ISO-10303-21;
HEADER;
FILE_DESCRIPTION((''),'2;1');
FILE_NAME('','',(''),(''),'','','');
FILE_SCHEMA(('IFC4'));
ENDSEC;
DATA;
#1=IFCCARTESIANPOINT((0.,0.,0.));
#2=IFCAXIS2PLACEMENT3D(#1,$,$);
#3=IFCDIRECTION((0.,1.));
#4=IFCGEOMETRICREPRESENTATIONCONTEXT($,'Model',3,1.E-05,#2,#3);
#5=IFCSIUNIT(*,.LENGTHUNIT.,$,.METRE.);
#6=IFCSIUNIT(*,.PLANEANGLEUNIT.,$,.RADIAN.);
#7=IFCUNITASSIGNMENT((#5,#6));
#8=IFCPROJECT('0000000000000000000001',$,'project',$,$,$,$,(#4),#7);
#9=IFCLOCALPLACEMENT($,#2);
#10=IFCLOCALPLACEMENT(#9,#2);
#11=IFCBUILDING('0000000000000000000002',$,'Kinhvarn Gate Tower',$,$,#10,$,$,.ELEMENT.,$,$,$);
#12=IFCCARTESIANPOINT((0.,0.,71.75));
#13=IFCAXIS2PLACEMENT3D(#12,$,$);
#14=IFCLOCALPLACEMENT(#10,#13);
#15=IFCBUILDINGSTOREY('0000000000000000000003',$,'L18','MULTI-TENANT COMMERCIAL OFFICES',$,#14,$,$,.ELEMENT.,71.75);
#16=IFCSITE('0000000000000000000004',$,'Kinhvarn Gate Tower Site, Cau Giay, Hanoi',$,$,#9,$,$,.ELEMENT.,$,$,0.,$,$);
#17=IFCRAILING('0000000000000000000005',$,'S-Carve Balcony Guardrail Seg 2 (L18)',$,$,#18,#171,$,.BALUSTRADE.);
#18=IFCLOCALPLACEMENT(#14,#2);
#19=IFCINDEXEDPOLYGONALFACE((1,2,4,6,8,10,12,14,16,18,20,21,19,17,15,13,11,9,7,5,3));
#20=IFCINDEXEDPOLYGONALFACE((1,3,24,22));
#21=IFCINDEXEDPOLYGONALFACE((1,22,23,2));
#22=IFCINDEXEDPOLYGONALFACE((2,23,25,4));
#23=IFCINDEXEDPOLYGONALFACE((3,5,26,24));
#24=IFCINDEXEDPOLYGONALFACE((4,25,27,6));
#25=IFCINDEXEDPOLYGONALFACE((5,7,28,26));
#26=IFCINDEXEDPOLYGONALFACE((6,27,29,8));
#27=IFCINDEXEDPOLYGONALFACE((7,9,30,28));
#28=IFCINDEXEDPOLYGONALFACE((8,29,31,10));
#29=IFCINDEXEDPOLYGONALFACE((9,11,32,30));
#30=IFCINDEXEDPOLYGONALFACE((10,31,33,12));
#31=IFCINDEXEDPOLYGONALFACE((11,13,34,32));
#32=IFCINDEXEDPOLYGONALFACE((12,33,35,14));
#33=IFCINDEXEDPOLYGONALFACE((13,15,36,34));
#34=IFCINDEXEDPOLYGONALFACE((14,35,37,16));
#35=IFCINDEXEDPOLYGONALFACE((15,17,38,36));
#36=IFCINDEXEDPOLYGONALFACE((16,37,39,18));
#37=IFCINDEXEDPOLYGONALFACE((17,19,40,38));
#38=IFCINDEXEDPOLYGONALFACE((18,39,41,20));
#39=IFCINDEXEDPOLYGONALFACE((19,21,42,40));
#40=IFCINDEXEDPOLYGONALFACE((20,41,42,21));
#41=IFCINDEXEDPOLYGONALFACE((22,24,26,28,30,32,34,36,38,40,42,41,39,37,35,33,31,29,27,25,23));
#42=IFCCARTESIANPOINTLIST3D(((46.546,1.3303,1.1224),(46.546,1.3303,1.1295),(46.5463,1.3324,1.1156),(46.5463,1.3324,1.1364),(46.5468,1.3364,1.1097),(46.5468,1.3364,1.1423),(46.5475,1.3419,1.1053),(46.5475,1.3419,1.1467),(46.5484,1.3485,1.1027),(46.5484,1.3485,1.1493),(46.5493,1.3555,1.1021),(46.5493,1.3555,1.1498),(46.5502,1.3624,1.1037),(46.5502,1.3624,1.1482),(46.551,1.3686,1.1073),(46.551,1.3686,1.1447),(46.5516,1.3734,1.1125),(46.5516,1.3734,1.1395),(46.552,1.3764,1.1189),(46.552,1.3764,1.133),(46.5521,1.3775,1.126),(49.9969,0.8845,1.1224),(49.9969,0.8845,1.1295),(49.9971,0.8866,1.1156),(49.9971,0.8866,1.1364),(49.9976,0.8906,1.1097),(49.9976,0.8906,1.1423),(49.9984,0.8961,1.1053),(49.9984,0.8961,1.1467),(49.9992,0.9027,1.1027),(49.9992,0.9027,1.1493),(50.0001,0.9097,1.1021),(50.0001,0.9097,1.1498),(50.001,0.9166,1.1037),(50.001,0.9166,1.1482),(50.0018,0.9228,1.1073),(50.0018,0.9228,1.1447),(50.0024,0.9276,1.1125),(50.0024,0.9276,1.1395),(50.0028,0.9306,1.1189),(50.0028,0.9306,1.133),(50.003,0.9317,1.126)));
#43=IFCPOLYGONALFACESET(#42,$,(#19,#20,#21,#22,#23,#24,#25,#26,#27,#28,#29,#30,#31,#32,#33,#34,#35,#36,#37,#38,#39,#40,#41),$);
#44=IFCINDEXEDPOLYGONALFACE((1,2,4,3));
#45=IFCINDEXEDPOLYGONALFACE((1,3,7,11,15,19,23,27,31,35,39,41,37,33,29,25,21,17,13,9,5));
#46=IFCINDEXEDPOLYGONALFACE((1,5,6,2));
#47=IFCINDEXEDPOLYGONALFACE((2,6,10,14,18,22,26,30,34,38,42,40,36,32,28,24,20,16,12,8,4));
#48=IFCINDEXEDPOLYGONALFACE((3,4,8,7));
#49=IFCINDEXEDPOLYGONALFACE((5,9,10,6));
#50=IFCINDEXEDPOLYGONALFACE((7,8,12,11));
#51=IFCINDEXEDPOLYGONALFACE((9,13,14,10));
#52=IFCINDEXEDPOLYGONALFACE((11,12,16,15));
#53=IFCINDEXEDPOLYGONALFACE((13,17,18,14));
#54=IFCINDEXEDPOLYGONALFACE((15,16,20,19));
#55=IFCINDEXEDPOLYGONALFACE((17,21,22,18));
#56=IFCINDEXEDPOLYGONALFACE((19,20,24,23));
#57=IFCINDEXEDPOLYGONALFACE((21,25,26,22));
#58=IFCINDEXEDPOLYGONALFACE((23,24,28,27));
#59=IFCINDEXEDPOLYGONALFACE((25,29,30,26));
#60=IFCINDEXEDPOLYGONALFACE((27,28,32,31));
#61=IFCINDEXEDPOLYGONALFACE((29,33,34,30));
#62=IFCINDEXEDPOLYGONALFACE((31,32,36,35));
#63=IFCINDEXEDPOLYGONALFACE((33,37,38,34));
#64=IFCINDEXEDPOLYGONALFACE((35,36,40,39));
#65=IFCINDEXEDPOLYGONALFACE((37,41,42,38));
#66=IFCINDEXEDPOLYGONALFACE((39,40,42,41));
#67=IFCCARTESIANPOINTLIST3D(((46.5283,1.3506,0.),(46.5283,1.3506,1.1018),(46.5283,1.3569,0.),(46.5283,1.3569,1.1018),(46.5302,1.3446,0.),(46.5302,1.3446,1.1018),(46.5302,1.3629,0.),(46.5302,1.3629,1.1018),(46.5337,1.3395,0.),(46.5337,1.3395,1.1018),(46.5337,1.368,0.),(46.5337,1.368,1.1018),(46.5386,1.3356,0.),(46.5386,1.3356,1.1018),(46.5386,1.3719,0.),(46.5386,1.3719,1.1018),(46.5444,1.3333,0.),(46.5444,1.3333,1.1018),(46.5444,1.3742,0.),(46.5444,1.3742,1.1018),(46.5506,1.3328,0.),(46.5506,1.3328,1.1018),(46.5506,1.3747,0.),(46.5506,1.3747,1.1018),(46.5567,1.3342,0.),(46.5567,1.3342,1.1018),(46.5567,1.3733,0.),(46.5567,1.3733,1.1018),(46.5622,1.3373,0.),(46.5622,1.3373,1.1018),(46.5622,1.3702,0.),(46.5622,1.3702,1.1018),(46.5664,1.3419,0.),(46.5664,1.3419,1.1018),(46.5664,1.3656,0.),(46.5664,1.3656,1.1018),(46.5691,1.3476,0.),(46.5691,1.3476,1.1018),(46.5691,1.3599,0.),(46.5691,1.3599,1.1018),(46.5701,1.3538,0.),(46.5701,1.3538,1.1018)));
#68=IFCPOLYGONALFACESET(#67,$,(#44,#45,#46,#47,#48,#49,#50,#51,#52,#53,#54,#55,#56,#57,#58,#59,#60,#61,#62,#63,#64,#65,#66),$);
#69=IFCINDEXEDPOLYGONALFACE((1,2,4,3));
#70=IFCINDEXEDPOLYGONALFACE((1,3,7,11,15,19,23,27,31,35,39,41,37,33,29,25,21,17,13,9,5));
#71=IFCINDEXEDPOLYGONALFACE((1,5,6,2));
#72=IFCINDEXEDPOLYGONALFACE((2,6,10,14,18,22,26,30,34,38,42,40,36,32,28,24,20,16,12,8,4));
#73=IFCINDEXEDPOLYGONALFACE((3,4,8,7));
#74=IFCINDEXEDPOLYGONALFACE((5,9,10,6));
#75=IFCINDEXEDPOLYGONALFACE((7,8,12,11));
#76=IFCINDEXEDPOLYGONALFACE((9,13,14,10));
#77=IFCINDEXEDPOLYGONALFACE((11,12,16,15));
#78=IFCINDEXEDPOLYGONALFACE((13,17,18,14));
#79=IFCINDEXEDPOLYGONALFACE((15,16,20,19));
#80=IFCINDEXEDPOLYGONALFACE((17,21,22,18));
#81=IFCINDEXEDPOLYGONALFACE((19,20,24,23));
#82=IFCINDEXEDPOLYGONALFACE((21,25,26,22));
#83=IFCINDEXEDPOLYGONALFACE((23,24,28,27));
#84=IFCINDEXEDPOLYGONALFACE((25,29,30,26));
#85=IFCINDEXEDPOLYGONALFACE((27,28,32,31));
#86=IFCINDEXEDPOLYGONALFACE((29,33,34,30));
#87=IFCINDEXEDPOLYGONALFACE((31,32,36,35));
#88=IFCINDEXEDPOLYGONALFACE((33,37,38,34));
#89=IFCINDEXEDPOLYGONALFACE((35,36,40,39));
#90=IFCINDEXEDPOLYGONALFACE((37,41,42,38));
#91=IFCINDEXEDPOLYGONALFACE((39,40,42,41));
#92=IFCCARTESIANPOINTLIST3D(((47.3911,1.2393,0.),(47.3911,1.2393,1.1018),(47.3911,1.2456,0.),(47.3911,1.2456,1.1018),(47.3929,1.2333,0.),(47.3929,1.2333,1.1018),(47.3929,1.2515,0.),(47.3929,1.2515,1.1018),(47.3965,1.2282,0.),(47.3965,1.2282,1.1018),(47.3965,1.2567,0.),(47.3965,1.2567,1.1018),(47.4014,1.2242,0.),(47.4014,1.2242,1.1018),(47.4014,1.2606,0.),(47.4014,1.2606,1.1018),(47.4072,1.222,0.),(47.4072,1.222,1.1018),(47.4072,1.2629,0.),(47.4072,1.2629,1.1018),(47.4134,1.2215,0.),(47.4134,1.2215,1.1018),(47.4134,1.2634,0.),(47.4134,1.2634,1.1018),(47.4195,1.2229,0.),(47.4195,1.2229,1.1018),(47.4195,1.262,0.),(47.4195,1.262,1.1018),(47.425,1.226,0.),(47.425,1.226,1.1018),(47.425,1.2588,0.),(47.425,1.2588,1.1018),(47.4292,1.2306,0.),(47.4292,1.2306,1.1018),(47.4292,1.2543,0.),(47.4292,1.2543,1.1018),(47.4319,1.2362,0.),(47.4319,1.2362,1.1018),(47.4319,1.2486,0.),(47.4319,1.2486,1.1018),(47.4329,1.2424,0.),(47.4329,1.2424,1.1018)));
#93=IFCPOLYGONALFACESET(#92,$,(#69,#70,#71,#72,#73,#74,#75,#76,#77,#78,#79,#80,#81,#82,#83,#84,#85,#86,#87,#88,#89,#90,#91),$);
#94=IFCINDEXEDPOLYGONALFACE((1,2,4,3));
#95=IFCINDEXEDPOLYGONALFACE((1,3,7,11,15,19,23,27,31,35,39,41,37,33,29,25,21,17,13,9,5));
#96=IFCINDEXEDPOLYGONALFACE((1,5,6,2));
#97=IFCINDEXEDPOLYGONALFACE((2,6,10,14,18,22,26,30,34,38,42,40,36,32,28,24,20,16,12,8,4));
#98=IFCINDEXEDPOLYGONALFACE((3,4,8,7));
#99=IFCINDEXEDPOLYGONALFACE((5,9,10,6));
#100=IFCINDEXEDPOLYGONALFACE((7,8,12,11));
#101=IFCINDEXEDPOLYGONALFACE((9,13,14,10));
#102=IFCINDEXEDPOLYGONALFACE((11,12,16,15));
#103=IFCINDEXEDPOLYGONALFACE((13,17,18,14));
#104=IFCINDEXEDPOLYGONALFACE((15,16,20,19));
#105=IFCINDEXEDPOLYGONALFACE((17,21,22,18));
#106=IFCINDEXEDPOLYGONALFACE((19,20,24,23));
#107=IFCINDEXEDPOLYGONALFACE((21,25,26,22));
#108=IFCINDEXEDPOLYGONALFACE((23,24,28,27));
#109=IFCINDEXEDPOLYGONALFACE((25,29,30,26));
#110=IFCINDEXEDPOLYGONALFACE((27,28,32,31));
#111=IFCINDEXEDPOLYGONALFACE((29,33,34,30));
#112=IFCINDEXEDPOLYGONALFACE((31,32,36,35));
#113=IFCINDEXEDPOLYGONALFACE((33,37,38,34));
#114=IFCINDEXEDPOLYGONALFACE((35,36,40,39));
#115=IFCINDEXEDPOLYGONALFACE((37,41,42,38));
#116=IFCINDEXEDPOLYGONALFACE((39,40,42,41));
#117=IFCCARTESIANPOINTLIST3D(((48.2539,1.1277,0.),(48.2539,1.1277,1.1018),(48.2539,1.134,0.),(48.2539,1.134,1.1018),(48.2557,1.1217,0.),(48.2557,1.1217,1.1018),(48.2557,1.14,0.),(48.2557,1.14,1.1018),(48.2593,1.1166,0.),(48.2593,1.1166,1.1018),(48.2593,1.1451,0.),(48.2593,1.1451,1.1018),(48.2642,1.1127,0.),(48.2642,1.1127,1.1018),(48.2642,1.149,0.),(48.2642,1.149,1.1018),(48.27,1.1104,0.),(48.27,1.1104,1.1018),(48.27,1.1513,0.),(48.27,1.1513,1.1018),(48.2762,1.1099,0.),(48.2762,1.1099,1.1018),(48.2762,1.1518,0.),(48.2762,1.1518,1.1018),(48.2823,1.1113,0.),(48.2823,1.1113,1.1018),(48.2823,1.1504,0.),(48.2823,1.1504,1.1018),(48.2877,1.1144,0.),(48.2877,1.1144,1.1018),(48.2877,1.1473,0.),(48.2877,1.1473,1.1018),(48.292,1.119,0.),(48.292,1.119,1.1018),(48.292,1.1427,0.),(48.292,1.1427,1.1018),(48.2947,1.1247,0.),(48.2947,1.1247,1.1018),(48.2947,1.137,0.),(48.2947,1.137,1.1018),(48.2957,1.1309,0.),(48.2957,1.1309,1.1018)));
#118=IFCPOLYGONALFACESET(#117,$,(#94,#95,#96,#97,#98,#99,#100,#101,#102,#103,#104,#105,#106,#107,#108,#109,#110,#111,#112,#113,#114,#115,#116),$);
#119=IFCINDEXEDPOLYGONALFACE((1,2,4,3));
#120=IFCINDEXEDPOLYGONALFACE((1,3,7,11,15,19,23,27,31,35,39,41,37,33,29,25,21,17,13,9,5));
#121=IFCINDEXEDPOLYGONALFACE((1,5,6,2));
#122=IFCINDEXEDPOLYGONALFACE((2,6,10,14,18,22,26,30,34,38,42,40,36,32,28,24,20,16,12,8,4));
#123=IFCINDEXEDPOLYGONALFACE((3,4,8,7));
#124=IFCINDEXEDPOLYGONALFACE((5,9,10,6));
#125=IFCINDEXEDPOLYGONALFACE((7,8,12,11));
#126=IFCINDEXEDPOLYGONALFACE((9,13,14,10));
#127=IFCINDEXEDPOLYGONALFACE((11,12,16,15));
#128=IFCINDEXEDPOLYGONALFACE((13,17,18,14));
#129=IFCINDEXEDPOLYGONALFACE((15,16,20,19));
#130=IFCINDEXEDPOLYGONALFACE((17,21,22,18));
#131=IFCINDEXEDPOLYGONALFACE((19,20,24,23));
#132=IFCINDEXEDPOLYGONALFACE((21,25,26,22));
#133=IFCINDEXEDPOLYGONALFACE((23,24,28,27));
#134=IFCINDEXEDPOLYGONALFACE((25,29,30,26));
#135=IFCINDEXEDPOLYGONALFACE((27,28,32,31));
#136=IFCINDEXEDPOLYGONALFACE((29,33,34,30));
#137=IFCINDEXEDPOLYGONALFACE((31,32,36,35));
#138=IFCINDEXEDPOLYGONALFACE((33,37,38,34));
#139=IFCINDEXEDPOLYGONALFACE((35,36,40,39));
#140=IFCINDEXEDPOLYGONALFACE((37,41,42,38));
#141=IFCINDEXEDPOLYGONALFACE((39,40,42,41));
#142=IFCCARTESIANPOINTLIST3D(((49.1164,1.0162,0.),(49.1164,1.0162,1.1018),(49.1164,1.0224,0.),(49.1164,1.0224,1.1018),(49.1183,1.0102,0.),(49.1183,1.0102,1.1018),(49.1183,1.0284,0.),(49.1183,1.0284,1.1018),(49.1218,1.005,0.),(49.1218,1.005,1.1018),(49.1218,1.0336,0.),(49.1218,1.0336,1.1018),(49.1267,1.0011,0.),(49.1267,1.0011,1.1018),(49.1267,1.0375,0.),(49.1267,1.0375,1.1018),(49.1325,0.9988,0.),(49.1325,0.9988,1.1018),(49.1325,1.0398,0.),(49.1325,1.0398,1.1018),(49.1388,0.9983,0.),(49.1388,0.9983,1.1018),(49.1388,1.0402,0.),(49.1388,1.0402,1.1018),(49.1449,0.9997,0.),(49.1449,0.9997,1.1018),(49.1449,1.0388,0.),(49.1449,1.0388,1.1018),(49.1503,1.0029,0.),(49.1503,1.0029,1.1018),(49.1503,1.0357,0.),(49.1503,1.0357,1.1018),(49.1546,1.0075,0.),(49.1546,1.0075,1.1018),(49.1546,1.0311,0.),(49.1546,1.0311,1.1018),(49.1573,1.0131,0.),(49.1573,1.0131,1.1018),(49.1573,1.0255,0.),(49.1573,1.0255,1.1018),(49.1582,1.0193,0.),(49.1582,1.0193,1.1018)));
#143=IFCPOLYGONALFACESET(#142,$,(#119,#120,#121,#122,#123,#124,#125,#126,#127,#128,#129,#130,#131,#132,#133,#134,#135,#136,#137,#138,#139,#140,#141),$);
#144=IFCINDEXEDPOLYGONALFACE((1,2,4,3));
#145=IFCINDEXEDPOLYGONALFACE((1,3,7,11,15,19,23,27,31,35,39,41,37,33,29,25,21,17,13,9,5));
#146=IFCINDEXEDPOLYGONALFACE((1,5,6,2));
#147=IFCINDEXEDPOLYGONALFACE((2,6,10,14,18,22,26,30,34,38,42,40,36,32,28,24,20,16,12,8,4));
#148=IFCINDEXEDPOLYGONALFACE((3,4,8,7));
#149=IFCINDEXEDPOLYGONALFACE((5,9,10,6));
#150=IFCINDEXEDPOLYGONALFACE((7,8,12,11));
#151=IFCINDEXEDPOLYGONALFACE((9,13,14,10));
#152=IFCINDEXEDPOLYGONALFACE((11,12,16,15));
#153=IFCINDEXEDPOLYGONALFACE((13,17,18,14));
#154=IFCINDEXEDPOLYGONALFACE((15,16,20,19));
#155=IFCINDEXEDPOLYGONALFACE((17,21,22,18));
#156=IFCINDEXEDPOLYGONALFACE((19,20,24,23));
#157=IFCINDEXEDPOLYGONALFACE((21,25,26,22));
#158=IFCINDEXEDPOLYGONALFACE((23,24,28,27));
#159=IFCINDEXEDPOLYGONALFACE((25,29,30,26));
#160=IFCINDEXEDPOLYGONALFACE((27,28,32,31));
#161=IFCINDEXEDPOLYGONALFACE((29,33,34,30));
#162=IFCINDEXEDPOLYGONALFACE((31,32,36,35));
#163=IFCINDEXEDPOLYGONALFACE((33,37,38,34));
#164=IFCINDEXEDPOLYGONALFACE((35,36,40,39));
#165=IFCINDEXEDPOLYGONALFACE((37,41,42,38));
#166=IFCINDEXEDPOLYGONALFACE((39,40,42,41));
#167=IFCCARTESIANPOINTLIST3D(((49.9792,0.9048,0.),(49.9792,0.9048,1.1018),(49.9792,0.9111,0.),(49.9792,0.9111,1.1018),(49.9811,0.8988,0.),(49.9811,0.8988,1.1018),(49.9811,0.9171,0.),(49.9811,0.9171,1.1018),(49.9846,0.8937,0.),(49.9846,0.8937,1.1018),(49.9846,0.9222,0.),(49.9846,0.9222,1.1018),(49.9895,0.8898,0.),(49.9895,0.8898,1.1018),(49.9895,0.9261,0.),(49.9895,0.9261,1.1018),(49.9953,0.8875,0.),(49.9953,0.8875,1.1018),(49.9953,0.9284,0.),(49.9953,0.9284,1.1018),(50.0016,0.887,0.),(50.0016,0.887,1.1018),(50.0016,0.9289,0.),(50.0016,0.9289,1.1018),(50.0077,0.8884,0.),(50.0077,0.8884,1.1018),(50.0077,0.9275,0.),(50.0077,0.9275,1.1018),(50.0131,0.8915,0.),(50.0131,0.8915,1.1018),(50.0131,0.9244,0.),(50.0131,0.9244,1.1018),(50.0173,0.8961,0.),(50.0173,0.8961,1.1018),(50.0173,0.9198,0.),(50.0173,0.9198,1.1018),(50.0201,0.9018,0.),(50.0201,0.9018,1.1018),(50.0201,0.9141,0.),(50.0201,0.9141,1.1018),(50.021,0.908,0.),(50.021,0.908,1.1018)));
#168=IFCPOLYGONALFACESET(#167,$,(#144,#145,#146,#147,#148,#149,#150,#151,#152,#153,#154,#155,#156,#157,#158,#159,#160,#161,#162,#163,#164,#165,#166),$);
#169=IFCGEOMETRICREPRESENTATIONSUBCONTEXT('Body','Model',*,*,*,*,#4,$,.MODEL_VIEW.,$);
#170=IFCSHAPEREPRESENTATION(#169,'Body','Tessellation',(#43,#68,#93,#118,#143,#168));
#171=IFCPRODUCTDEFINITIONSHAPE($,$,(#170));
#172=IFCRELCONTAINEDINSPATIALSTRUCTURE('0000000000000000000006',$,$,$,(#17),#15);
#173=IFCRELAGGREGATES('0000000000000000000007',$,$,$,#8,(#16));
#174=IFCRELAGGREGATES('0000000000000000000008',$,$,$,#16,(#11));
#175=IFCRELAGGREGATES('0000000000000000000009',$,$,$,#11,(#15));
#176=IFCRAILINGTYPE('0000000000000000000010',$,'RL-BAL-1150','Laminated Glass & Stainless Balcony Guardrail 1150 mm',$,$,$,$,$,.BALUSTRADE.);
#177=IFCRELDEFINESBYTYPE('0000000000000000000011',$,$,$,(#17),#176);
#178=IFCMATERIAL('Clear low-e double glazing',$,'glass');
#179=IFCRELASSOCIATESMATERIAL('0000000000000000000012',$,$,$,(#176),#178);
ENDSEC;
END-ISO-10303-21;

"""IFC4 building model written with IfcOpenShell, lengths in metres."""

from ifc_helpers import new_model, si_unit, direction, frame, origin, origin_2d, place, context, subcontext, project, spatial, circle, extrude, material, type_object, element, save


model = new_model("IFC4")

# Units and contexts
model_context = context("Model", 3, precision=1e-05, world=origin(), true_north=direction((0.0, 1.0)))
body_context = subcontext(model_context, "Body", "Model", "MODEL_VIEW")
ifc_project = project(units=[si_unit("LENGTHUNIT", "METRE"), si_unit("PLANEANGLEUNIT", "RADIAN")], contexts=[model_context])

# Site, building, storey
site_placement = place(None, origin())
site = spatial("IfcSite", under=ifc_project, at=site_placement, Name="Kinhvarn Gate Tower Site, Cau Giay, Hanoi", CompositionType="ELEMENT", RefElevation=0.0)
building_placement = place(site_placement, origin())
building = spatial("IfcBuilding", under=site, at=building_placement, Name="Kinhvarn Gate Tower", CompositionType="ELEMENT")
storey_placement = place(building_placement, frame((0.0, 0.0, 71.75)))
storey = spatial("IfcBuildingStorey", under=building, at=storey_placement, Name="L18", Description="MULTI-TENANT COMMERCIAL OFFICES", CompositionType="ELEMENT", Elevation=71.75)

# Shared definitions
ifc_material_1 = material(Name="Clear low-e double glazing", Category="glass")

# Railing
railing_type = type_object("IfcRailingType", Name="RL-BAL-1150", Description="Laminated Glass & Stainless Balcony Guardrail 1150 mm", PredefinedType="BALUSTRADE", material=ifc_material_1)
railing_1_placement = place(storey_placement, frame((46.5491, 1.3538, 0.0)))
element("IfcRailing", 1, at=railing_1_placement, inside=storey, type_object=railing_type, Name="S-Carve Balcony Guardrail Seg 2 (L18)", PredefinedType="BALUSTRADE", context=body_context, shape_type="SweptSolid", body=[
    extrude(circle(Radius=0.0239, at=origin_2d()), frame((0.0, 0.0, 1.126), z_axis=(0.991759, -0.128118, 0.0), x_axis=(0.128118, 0.991759, 0.0)), (0.0, 0.0, 1.0), 3.4795),
    extrude(circle(Radius=0.021, at=origin_2d()), origin(), (0.0, 0.0, 1.0), 1.1018),
    extrude(circle(Radius=0.021, at=origin_2d()), frame((0.8628, -0.1113, 0.0)), (0.0, 0.0, 1.0), 1.1018),
    extrude(circle(Radius=0.021, at=origin_2d()), frame((1.7256, -0.2229, 0.0)), (0.0, 0.0, 1.0), 1.1018),
    extrude(circle(Radius=0.021, at=origin_2d()), frame((2.5881, -0.3345, 0.0)), (0.0, 0.0, 1.0), 1.1018),
    extrude(circle(Radius=0.021, at=origin_2d()), frame((3.4509, -0.4458, 0.0)), (0.0, 0.0, 1.0), 1.1018),
])

save(model, "model.ifc")
